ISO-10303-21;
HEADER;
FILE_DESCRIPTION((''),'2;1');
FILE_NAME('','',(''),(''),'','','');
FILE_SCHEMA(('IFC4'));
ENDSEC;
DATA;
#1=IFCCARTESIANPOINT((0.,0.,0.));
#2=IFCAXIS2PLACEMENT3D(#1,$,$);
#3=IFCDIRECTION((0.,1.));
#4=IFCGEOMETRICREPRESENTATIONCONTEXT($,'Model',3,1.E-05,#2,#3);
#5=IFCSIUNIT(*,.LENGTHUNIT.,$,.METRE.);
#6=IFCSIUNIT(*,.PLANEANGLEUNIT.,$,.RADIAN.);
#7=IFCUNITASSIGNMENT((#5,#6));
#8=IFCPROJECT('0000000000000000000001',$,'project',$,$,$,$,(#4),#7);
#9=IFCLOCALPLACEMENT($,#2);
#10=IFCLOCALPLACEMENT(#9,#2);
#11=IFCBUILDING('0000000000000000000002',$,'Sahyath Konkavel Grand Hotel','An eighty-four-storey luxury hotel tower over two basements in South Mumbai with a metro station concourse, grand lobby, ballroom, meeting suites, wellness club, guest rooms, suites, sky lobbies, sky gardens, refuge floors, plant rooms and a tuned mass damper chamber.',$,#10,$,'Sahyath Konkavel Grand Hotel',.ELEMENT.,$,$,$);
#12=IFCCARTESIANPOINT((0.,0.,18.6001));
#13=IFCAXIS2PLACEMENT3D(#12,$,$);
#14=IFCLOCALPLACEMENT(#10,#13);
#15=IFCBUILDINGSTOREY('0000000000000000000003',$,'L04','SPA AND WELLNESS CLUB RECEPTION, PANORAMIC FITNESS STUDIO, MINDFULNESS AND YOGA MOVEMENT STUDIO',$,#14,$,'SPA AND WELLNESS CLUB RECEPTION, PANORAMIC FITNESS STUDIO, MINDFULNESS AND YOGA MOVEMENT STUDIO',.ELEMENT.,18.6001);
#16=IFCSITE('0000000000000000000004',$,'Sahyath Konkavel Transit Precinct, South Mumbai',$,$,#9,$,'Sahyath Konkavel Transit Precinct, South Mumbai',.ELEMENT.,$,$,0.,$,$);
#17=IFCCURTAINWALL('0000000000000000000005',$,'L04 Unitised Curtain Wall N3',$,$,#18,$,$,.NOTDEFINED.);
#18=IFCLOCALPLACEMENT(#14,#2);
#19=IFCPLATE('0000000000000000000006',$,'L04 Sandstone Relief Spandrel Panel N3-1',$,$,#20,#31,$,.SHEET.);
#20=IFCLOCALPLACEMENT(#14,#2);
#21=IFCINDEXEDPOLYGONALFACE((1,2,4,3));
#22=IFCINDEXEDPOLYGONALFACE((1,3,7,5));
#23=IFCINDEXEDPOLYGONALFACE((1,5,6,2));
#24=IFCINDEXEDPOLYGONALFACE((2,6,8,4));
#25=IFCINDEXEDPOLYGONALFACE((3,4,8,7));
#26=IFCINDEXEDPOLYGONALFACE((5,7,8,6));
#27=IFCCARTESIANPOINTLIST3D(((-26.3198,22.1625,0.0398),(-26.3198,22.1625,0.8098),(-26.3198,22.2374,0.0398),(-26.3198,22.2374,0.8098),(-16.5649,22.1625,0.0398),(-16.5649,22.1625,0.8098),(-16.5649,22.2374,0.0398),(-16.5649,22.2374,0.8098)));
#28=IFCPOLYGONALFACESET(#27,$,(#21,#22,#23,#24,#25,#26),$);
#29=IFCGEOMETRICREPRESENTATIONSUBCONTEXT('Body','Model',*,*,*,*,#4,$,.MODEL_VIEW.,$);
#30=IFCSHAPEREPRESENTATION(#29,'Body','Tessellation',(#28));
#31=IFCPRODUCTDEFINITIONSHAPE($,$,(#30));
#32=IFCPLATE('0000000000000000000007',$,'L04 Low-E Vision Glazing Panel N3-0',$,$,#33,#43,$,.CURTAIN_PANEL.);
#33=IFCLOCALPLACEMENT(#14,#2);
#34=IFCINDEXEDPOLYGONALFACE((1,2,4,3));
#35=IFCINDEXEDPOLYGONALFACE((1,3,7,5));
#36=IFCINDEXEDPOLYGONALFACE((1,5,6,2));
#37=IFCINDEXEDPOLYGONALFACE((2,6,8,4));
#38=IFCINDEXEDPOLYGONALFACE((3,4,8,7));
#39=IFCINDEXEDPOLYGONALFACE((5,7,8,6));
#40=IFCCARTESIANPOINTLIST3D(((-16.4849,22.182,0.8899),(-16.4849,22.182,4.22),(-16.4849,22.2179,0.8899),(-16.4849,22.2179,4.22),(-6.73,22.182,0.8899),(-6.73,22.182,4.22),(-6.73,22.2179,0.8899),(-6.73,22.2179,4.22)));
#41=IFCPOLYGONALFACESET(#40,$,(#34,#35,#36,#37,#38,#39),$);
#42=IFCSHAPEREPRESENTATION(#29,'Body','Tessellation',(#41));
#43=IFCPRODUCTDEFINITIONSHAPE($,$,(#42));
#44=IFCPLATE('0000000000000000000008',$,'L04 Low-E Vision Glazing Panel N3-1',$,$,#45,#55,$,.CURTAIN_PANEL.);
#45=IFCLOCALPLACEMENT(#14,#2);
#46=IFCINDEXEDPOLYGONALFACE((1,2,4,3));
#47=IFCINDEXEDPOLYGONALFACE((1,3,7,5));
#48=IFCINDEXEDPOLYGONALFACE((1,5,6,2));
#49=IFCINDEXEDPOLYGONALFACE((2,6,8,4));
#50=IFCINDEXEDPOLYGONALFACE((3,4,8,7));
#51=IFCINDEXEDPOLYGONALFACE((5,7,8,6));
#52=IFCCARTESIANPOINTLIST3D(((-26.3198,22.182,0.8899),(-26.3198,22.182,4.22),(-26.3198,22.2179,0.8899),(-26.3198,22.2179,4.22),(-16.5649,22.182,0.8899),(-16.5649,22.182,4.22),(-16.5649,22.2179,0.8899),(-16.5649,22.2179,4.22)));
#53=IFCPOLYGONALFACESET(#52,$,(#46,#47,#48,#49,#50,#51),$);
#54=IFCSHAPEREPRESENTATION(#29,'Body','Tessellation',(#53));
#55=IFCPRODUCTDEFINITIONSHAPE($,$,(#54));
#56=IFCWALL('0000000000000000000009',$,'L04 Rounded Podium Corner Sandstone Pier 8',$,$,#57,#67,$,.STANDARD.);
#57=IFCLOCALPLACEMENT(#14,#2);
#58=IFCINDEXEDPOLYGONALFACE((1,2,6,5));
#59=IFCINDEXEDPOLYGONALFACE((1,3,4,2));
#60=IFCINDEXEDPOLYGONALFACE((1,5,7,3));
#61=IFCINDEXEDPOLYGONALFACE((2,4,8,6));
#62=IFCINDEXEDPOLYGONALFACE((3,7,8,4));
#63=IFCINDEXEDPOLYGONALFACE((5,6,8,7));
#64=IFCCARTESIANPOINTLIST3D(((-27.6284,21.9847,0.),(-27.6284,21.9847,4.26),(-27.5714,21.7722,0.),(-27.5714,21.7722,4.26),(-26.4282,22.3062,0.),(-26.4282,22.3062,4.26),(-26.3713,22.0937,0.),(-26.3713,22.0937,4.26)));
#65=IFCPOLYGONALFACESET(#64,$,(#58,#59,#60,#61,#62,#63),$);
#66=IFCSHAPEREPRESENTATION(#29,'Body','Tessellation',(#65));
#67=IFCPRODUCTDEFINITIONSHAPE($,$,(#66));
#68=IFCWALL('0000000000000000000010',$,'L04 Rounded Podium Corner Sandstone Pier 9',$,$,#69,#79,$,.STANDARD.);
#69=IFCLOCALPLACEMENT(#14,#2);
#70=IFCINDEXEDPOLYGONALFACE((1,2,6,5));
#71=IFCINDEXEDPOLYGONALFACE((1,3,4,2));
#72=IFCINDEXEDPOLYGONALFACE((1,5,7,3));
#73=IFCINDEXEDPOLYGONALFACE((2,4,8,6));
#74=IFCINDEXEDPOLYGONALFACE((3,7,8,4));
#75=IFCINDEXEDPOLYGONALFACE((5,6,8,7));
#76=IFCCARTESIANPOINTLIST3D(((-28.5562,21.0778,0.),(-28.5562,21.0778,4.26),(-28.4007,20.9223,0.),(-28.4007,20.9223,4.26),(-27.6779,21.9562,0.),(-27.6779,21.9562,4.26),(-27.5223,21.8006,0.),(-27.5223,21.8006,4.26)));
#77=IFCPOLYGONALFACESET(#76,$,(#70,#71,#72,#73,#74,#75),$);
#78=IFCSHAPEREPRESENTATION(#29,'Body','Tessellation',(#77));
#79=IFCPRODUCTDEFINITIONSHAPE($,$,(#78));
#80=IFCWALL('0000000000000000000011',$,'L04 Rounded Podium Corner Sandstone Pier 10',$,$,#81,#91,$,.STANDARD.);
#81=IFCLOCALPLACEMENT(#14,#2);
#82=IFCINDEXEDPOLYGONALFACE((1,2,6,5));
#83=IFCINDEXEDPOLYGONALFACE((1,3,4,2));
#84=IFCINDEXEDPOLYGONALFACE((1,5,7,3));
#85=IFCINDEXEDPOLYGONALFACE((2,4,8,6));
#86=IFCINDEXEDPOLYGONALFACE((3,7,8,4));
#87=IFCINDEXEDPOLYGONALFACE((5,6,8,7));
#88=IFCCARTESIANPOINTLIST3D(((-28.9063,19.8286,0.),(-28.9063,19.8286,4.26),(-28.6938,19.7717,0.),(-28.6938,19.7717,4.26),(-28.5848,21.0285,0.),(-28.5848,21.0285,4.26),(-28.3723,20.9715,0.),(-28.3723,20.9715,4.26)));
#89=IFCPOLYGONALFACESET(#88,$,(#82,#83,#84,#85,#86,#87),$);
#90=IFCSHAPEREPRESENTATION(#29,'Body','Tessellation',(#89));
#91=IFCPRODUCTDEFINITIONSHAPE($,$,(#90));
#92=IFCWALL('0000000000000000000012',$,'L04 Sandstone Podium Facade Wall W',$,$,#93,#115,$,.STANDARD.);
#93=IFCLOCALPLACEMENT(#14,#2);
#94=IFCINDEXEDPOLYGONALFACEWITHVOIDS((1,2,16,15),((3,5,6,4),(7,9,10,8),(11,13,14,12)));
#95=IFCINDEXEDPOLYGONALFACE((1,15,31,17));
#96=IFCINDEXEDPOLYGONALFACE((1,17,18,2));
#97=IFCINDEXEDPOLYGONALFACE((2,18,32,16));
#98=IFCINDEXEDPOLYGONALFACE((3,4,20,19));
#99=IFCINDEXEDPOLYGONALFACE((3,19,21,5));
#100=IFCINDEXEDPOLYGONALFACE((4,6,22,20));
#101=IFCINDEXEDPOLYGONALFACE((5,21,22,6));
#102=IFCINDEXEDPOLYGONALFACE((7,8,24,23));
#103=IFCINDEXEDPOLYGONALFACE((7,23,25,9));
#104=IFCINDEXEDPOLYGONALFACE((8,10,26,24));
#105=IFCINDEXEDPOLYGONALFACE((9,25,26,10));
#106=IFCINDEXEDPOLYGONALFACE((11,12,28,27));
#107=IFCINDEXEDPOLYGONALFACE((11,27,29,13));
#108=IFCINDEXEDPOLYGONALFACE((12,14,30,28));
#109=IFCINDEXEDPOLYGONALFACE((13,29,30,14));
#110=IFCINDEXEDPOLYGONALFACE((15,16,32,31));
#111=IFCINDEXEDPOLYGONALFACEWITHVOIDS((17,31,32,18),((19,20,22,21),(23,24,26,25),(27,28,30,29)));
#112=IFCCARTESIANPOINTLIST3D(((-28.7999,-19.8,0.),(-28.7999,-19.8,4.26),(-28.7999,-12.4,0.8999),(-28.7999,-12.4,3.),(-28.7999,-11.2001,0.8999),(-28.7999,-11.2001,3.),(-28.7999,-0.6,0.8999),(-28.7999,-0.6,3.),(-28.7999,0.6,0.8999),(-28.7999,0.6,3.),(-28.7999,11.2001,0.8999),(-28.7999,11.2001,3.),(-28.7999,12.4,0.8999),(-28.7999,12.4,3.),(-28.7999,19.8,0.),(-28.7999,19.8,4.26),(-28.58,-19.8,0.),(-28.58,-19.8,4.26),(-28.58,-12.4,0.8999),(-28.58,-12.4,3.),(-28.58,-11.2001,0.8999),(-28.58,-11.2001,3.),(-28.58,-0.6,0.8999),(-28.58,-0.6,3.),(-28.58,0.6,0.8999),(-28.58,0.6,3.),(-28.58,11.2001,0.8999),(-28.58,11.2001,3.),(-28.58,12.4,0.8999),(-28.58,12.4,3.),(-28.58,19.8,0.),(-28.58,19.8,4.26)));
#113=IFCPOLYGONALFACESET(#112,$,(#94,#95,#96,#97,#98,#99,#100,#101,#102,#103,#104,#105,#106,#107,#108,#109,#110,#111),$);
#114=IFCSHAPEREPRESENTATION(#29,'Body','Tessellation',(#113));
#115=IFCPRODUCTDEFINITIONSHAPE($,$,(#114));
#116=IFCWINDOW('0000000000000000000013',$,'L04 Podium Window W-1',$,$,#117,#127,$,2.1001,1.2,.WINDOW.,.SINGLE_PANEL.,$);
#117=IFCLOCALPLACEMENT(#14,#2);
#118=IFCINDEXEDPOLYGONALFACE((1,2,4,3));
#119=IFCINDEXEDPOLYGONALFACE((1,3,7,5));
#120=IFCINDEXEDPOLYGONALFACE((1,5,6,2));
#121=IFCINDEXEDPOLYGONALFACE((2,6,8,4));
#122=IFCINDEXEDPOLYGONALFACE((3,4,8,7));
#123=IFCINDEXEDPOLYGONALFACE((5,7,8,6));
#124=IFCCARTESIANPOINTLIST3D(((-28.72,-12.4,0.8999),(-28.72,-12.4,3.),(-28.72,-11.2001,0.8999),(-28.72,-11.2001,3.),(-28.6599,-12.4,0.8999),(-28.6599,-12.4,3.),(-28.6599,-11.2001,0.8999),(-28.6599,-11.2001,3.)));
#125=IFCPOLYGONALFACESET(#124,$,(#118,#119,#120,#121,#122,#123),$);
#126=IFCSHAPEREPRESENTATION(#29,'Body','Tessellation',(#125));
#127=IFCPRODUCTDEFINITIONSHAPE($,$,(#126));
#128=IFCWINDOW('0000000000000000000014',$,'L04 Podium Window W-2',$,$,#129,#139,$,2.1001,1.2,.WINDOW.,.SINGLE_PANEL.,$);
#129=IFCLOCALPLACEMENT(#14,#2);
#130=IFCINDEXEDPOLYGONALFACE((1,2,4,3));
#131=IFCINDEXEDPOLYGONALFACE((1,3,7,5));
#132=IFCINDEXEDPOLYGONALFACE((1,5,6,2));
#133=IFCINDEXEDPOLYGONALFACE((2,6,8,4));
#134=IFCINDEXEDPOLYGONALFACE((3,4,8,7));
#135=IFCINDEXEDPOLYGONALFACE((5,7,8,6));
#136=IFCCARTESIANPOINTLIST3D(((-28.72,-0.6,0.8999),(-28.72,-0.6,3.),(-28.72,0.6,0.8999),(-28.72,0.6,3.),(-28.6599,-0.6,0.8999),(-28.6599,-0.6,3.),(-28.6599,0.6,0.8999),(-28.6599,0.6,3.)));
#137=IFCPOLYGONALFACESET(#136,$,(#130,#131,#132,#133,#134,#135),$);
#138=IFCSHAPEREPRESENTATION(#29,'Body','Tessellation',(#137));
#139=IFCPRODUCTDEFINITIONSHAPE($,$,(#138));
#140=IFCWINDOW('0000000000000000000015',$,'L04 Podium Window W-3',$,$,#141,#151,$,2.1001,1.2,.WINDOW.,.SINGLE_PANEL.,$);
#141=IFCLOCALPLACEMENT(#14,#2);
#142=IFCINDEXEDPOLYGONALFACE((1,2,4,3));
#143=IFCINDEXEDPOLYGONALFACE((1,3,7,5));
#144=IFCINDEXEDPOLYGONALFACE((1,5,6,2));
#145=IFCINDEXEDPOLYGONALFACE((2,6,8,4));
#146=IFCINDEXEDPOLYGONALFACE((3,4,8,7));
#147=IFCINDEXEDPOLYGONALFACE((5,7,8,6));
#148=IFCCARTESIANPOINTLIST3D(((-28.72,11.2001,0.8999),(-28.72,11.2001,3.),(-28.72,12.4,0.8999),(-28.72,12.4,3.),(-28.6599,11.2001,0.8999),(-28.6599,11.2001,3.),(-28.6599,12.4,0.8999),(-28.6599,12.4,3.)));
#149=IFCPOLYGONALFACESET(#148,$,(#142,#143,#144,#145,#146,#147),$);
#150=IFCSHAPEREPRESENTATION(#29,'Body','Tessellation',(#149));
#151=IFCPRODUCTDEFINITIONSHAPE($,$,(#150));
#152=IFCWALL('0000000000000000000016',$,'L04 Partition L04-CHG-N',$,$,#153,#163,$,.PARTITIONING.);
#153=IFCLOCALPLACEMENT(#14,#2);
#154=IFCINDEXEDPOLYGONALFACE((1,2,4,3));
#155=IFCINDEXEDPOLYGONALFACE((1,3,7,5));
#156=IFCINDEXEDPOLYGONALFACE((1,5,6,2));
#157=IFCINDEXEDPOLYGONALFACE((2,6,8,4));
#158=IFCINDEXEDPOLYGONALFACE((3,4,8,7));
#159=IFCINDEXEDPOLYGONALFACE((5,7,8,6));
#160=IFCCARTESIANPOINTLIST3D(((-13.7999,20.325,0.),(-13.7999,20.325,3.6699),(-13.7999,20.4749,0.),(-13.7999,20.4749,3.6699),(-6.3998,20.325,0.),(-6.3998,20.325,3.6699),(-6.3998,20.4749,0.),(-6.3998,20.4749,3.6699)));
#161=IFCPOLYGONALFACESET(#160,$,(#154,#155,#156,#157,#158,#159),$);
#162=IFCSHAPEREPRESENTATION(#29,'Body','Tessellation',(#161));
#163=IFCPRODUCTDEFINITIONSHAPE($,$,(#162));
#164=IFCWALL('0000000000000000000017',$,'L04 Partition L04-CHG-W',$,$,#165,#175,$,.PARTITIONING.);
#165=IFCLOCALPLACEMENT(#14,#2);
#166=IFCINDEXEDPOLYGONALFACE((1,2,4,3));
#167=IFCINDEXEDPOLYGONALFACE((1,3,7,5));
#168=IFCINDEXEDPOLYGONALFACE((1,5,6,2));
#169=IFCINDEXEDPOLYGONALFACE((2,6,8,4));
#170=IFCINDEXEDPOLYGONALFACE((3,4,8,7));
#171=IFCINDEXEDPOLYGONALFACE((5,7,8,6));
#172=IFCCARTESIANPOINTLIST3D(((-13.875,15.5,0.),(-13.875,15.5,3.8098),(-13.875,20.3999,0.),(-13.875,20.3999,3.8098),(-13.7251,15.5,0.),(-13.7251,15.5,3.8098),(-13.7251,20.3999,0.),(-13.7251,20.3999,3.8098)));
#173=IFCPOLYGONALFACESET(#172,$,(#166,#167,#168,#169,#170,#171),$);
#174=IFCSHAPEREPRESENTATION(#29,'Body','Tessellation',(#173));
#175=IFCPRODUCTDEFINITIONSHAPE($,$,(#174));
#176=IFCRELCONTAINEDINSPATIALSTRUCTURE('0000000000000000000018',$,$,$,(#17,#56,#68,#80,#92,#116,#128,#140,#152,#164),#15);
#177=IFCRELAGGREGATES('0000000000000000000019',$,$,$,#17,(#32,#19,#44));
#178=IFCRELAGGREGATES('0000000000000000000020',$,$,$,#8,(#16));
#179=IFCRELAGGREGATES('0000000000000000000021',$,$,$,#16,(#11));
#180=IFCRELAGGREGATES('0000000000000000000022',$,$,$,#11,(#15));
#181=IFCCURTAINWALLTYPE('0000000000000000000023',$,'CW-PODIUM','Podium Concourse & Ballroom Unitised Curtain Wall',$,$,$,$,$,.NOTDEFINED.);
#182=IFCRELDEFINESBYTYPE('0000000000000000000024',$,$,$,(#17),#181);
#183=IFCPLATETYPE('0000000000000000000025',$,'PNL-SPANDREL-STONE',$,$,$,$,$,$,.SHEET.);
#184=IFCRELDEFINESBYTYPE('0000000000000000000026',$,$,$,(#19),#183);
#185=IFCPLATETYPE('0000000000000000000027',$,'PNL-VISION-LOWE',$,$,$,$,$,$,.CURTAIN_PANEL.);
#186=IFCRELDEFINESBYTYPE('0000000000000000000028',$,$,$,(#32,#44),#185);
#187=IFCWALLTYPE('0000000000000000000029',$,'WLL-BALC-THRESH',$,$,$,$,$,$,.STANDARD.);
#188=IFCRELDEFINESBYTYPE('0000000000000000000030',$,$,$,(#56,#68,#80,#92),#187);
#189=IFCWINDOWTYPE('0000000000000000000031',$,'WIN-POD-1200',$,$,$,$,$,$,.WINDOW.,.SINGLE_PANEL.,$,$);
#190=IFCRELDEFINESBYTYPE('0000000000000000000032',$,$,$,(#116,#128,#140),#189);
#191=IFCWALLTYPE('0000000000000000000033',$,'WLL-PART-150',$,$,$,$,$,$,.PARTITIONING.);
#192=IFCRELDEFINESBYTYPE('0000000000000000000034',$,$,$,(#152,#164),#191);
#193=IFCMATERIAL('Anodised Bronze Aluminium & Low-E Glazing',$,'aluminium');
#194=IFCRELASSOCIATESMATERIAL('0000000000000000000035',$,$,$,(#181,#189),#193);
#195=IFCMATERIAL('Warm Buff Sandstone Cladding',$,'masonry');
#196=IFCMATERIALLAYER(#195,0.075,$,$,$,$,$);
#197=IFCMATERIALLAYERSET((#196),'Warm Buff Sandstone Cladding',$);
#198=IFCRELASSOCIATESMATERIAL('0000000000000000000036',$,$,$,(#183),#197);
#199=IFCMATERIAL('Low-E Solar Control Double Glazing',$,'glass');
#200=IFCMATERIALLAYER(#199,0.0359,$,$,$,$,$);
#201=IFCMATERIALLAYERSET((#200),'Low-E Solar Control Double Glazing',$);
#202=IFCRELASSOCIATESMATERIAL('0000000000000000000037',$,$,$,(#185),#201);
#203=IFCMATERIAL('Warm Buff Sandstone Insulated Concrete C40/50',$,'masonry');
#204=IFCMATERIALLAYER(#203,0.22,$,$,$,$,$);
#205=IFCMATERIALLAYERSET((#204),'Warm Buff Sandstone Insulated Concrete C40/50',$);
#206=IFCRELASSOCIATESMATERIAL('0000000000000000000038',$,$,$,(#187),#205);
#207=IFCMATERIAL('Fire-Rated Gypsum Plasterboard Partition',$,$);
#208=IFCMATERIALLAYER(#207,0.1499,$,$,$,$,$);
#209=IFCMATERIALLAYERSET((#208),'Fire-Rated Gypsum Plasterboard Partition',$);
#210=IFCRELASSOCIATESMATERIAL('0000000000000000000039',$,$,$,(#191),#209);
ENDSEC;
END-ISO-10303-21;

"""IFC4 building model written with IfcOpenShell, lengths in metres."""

from ifc_helpers import new_model, si_unit, direction, frame, frame_2d, origin, origin_2d, place, context, subcontext, project, spatial, rectangle, extrude, source, transform, mapped, material, layer, layer_set, type_object, element, fill, aggregate, save


model = new_model("IFC4")

# Units and contexts
model_context = context("Model", 3, precision=1e-05, world=origin(), true_north=direction((0.0, 1.0)))
body_context = subcontext(model_context, "Body", "Model", "MODEL_VIEW")
ifc_project = project(units=[si_unit("LENGTHUNIT", "METRE"), si_unit("PLANEANGLEUNIT", "RADIAN")], contexts=[model_context])

# Site, building, storey
site_placement = place(None, origin())
site = spatial("IfcSite", under=ifc_project, at=site_placement, Name="Sahyath Konkavel Transit Precinct, South Mumbai", LongName="Sahyath Konkavel Transit Precinct, South Mumbai", CompositionType="ELEMENT", RefElevation=0.0)
building_placement = place(site_placement, origin())
building = spatial("IfcBuilding", under=site, at=building_placement, Name="Sahyath Konkavel Grand Hotel", Description="An eighty-four-storey luxury hotel tower over two basements in South Mumbai with a metro station concourse, grand lobby, ballroom, meeting suites, wellness club, guest rooms, suites, sky lobbies, sky gardens, refuge floors, plant rooms and a tuned mass damper chamber.", LongName="Sahyath Konkavel Grand Hotel", CompositionType="ELEMENT")
storey_placement = place(building_placement, frame((0.0, 0.0, 18.6001)))
storey = spatial("IfcBuildingStorey", under=building, at=storey_placement, Name="L04", Description="SPA AND WELLNESS CLUB RECEPTION, PANORAMIC FITNESS STUDIO, MINDFULNESS AND YOGA MOVEMENT STUDIO", LongName="SPA AND WELLNESS CLUB RECEPTION, PANORAMIC FITNESS STUDIO, MINDFULNESS AND YOGA MOVEMENT STUDIO", CompositionType="ELEMENT", Elevation=18.6001)

# Curtain wall, plates
ifc_material_1 = material(Name="Anodised Bronze Aluminium & Low-E Glazing", Category="aluminium")
curtain_wall_type = type_object("IfcCurtainWallType", Name="CW-PODIUM", Description="Podium Concourse & Ballroom Unitised Curtain Wall", PredefinedType="NOTDEFINED", material=ifc_material_1)
curtain_wall_placement = place(storey_placement, origin())
curtain_wall = element("IfcCurtainWall", 1, at=curtain_wall_placement, inside=storey, type_object=curtain_wall_type, Name="L04 Unitised Curtain Wall N3", PredefinedType="NOTDEFINED")
ifc_material_2 = material(Name="Warm Buff Sandstone Cladding", Category="masonry")
ifc_layer_1 = layer(ifc_material_2, 0.075)
ifc_layer_set_1 = layer_set([ifc_layer_1], Name="Warm Buff Sandstone Cladding")
plate_type_1 = type_object("IfcPlateType", Name="PNL-SPANDREL-STONE", PredefinedType="SHEET", material=ifc_layer_set_1)
shared_shape_1 = source(origin(), body_context, "Body", "SweptSolid", [
    extrude(rectangle(XDim=9.7549, YDim=0.075, at=origin_2d()), origin(), (0.0, 0.0, 1.0), 0.77),
])
plate_1_placement = place(storey_placement, frame((-21.4424, 22.2, 0.0398), z_axis=(0.0, 0.0, 1.0), x_axis=(-1.0, 0.0, 0.0)))
plate_1 = element("IfcPlate", 2, at=plate_1_placement, type_object=plate_type_1, Name="L04 Sandstone Relief Spandrel Panel N3-1", PredefinedType="SHEET", context=body_context, shape_type="MappedRepresentation", body=[
    mapped(shared_shape_1, transform((0.0, 0.0, 0.0), scale=1.0)),
])
ifc_material_3 = material(Name="Low-E Solar Control Double Glazing", Category="glass")
ifc_layer_2 = layer(ifc_material_3, 0.0359)
ifc_layer_set_2 = layer_set([ifc_layer_2], Name="Low-E Solar Control Double Glazing")
plate_type_2 = type_object("IfcPlateType", Name="PNL-VISION-LOWE", PredefinedType="CURTAIN_PANEL", material=ifc_layer_set_2)
shared_shape_2 = source(origin(), body_context, "Body", "SweptSolid", [
    extrude(rectangle(XDim=9.7549, YDim=0.0359, at=origin_2d()), origin(), (0.0, 0.0, 1.0), 3.3301),
])
plate_2_placement = place(storey_placement, frame((-11.6074, 22.2, 0.8899), z_axis=(0.0, 0.0, 1.0), x_axis=(-1.0, 0.0, 0.0)))
plate_2 = element("IfcPlate", 3, at=plate_2_placement, type_object=plate_type_2, Name="L04 Low-E Vision Glazing Panel N3-0", PredefinedType="CURTAIN_PANEL", context=body_context, shape_type="MappedRepresentation", body=[
    mapped(shared_shape_2, transform((0.0, 0.0, 0.0), scale=1.0)),
])
plate_3_placement = place(storey_placement, frame((-21.4424, 22.2, 0.8899), z_axis=(0.0, 0.0, 1.0), x_axis=(-1.0, 0.0, 0.0)))
plate_3 = element("IfcPlate", 4, at=plate_3_placement, type_object=plate_type_2, Name="L04 Low-E Vision Glazing Panel N3-1", PredefinedType="CURTAIN_PANEL", context=body_context, shape_type="MappedRepresentation", body=[
    mapped(shared_shape_2, transform((0.0, 0.0, 0.0), scale=1.0)),
])
aggregate(curtain_wall, [plate_2, plate_1, plate_3])

# Walls
ifc_material_4 = material(Name="Warm Buff Sandstone Insulated Concrete C40/50", Category="masonry")
ifc_layer_3 = layer(ifc_material_4, 0.22)
ifc_layer_set_3 = layer_set([ifc_layer_3], Name="Warm Buff Sandstone Insulated Concrete C40/50")
wall_type_1 = type_object("IfcWallType", Name="WLL-BALC-THRESH", PredefinedType="STANDARD", material=ifc_layer_set_3)
wall_1_placement = place(storey_placement, frame((-26.3999, 22.2, 0.0), z_axis=(0.0, 0.0, 1.0), x_axis=(-0.965938, -0.258775, 0.0)))
element("IfcWall", 5, at=wall_1_placement, inside=storey, type_object=wall_type_1, Name="L04 Rounded Podium Corner Sandstone Pier 8", PredefinedType="STANDARD", context=body_context, shape_type="SweptSolid", body=[
    extrude(rectangle(XDim=1.2424, YDim=0.22, at=frame_2d((0.6211, 0.0))), origin(), (0.0, 0.0, 1.0), 4.26),
])
for number, where, z_axis, x_axis, name in (
    (6, (-27.6001, 21.8784, 0.0), (0.0, 0.0, 1.0), (-0.707107, -0.707107, 0.0), "L04 Rounded Podium Corner Sandstone Pier 9"),
    (7, (-28.4785, 21.0, 0.0), (0.0, 0.0, 1.0), (-0.258824, -0.965924, 0.0), "L04 Rounded Podium Corner Sandstone Pier 10"),
):
    element("IfcWall", number, at=place(storey_placement, frame(where, z_axis=z_axis, x_axis=x_axis)), inside=storey, type_object=wall_type_1, Name=name, PredefinedType="STANDARD", context=body_context, shape_type="SweptSolid", body=[
        extrude(rectangle(XDim=1.2422, YDim=0.22, at=frame_2d((0.6211, 0.0))), origin(), (0.0, 0.0, 1.0), 4.26),
    ])

# Wall, openings, windows
wall_2_placement = place(storey_placement, frame((-28.6899, 19.8, 0.0), z_axis=(0.0, 0.0, 1.0), x_axis=(0.0, -1.0, 0.0)))
wall_2 = element("IfcWall", 8, at=wall_2_placement, inside=storey, type_object=wall_type_1, Name="L04 Sandstone Podium Facade Wall W", PredefinedType="STANDARD", context=body_context, shape_type="SweptSolid", body=[
    extrude(rectangle(XDim=39.6001, YDim=0.22, at=frame_2d((19.8, 0.0))), origin(), (0.0, 0.0, 1.0), 4.26),
])
opening_1_placement = place(wall_2_placement, frame((31.0, 0.0, 0.8999)))
opening_1 = element("IfcOpeningElement", 9, at=opening_1_placement, cuts=wall_2, PredefinedType="OPENING", context=body_context, shape_type="SweptSolid", body=[
    extrude(rectangle(XDim=1.2, YDim=2.1001, at=frame_2d((0.6001, 1.05))), frame((0.0, 0.1201, 0.0), z_axis=(0.0, -1.0, 0.0), x_axis=(1.0, 0.0, 0.0)), (0.0, 0.0, 1.0), 0.24),
])
opening_2_placement = place(wall_2_placement, frame((19.2, 0.0, 0.8999)))
opening_2 = element("IfcOpeningElement", 10, at=opening_2_placement, cuts=wall_2, PredefinedType="OPENING", context=body_context, shape_type="SweptSolid", body=[
    extrude(rectangle(XDim=1.2, YDim=2.1001, at=frame_2d((0.6001, 1.05))), frame((0.0, 0.1201, 0.0), z_axis=(0.0, -1.0, 0.0), x_axis=(1.0, 0.0, 0.0)), (0.0, 0.0, 1.0), 0.24),
])
opening_3_placement = place(wall_2_placement, frame((7.3999, 0.0, 0.8999)))
opening_3 = element("IfcOpeningElement", 11, at=opening_3_placement, cuts=wall_2, PredefinedType="OPENING", context=body_context, shape_type="SweptSolid", body=[
    extrude(rectangle(XDim=1.2, YDim=2.1001, at=frame_2d((0.6001, 1.05))), frame((0.0, 0.1201, 0.0), z_axis=(0.0, -1.0, 0.0), x_axis=(1.0, 0.0, 0.0)), (0.0, 0.0, 1.0), 0.24),
])
window_type = type_object("IfcWindowType", Name="WIN-POD-1200", PartitioningType="SINGLE_PANEL", PredefinedType="WINDOW", material=ifc_material_1)
shared_shape_3 = source(origin(), body_context, "Body", "SweptSolid", [
    extrude(rectangle(XDim=1.2, YDim=0.0601, at=origin_2d()), origin(), (0.0, 0.0, 1.0), 2.1001),
])
window_1_placement = place(opening_1_placement, frame((0.6001, 0.0, 0.0)))
window_1 = element("IfcWindow", 12, at=window_1_placement, inside=storey, type_object=window_type, Name="L04 Podium Window W-1", OverallHeight=2.1001, OverallWidth=1.2, PartitioningType="SINGLE_PANEL", PredefinedType="WINDOW", context=body_context, shape_type="MappedRepresentation", body=[
    mapped(shared_shape_3, transform((0.0, 0.0, 0.0), scale=1.0)),
])
fill(opening_1, window_1)
window_2_placement = place(opening_2_placement, frame((0.6001, 0.0, 0.0)))
window_2 = element("IfcWindow", 13, at=window_2_placement, inside=storey, type_object=window_type, Name="L04 Podium Window W-2", OverallHeight=2.1001, OverallWidth=1.2, PartitioningType="SINGLE_PANEL", PredefinedType="WINDOW", context=body_context, shape_type="MappedRepresentation", body=[
    mapped(shared_shape_3, transform((0.0, 0.0, 0.0), scale=1.0)),
])
fill(opening_2, window_2)
window_3_placement = place(opening_3_placement, frame((0.6001, 0.0, 0.0)))
window_3 = element("IfcWindow", 14, at=window_3_placement, inside=storey, type_object=window_type, Name="L04 Podium Window W-3", OverallHeight=2.1001, OverallWidth=1.2, PartitioningType="SINGLE_PANEL", PredefinedType="WINDOW", context=body_context, shape_type="MappedRepresentation", body=[
    mapped(shared_shape_3, transform((0.0, 0.0, 0.0), scale=1.0)),
])
fill(opening_3, window_3)

# Walls
ifc_material_5 = material(Name="Fire-Rated Gypsum Plasterboard Partition")
ifc_layer_4 = layer(ifc_material_5, 0.1499)
ifc_layer_set_4 = layer_set([ifc_layer_4], Name="Fire-Rated Gypsum Plasterboard Partition")
wall_type_2 = type_object("IfcWallType", Name="WLL-PART-150", PredefinedType="PARTITIONING", material=ifc_layer_set_4)
wall_3_placement = place(storey_placement, frame((-13.8, 20.3999, 0.0), z_axis=(0.0, 0.0, 1.0), x_axis=(1.0, 0.0, 0.0)))
element("IfcWall", 15, at=wall_3_placement, inside=storey, type_object=wall_type_2, Name="L04 Partition L04-CHG-N", PredefinedType="PARTITIONING", context=body_context, shape_type="SweptSolid", body=[
    extrude(rectangle(XDim=7.4001, YDim=0.1499, at=frame_2d((3.7002, 0.0))), origin(), (0.0, 0.0, 1.0), 3.6699),
])
wall_4_placement = place(storey_placement, frame((-13.8, 15.5, 0.0), z_axis=(0.0, 0.0, 1.0), x_axis=(0.0, 1.0, 0.0)))
element("IfcWall", 16, at=wall_4_placement, inside=storey, type_object=wall_type_2, Name="L04 Partition L04-CHG-W", PredefinedType="PARTITIONING", context=body_context, shape_type="SweptSolid", body=[
    extrude(rectangle(XDim=4.8999, YDim=0.1499, at=frame_2d((2.45, 0.0))), origin(), (0.0, 0.0, 1.0), 3.8098),
])

save(model, "model.ifc")
